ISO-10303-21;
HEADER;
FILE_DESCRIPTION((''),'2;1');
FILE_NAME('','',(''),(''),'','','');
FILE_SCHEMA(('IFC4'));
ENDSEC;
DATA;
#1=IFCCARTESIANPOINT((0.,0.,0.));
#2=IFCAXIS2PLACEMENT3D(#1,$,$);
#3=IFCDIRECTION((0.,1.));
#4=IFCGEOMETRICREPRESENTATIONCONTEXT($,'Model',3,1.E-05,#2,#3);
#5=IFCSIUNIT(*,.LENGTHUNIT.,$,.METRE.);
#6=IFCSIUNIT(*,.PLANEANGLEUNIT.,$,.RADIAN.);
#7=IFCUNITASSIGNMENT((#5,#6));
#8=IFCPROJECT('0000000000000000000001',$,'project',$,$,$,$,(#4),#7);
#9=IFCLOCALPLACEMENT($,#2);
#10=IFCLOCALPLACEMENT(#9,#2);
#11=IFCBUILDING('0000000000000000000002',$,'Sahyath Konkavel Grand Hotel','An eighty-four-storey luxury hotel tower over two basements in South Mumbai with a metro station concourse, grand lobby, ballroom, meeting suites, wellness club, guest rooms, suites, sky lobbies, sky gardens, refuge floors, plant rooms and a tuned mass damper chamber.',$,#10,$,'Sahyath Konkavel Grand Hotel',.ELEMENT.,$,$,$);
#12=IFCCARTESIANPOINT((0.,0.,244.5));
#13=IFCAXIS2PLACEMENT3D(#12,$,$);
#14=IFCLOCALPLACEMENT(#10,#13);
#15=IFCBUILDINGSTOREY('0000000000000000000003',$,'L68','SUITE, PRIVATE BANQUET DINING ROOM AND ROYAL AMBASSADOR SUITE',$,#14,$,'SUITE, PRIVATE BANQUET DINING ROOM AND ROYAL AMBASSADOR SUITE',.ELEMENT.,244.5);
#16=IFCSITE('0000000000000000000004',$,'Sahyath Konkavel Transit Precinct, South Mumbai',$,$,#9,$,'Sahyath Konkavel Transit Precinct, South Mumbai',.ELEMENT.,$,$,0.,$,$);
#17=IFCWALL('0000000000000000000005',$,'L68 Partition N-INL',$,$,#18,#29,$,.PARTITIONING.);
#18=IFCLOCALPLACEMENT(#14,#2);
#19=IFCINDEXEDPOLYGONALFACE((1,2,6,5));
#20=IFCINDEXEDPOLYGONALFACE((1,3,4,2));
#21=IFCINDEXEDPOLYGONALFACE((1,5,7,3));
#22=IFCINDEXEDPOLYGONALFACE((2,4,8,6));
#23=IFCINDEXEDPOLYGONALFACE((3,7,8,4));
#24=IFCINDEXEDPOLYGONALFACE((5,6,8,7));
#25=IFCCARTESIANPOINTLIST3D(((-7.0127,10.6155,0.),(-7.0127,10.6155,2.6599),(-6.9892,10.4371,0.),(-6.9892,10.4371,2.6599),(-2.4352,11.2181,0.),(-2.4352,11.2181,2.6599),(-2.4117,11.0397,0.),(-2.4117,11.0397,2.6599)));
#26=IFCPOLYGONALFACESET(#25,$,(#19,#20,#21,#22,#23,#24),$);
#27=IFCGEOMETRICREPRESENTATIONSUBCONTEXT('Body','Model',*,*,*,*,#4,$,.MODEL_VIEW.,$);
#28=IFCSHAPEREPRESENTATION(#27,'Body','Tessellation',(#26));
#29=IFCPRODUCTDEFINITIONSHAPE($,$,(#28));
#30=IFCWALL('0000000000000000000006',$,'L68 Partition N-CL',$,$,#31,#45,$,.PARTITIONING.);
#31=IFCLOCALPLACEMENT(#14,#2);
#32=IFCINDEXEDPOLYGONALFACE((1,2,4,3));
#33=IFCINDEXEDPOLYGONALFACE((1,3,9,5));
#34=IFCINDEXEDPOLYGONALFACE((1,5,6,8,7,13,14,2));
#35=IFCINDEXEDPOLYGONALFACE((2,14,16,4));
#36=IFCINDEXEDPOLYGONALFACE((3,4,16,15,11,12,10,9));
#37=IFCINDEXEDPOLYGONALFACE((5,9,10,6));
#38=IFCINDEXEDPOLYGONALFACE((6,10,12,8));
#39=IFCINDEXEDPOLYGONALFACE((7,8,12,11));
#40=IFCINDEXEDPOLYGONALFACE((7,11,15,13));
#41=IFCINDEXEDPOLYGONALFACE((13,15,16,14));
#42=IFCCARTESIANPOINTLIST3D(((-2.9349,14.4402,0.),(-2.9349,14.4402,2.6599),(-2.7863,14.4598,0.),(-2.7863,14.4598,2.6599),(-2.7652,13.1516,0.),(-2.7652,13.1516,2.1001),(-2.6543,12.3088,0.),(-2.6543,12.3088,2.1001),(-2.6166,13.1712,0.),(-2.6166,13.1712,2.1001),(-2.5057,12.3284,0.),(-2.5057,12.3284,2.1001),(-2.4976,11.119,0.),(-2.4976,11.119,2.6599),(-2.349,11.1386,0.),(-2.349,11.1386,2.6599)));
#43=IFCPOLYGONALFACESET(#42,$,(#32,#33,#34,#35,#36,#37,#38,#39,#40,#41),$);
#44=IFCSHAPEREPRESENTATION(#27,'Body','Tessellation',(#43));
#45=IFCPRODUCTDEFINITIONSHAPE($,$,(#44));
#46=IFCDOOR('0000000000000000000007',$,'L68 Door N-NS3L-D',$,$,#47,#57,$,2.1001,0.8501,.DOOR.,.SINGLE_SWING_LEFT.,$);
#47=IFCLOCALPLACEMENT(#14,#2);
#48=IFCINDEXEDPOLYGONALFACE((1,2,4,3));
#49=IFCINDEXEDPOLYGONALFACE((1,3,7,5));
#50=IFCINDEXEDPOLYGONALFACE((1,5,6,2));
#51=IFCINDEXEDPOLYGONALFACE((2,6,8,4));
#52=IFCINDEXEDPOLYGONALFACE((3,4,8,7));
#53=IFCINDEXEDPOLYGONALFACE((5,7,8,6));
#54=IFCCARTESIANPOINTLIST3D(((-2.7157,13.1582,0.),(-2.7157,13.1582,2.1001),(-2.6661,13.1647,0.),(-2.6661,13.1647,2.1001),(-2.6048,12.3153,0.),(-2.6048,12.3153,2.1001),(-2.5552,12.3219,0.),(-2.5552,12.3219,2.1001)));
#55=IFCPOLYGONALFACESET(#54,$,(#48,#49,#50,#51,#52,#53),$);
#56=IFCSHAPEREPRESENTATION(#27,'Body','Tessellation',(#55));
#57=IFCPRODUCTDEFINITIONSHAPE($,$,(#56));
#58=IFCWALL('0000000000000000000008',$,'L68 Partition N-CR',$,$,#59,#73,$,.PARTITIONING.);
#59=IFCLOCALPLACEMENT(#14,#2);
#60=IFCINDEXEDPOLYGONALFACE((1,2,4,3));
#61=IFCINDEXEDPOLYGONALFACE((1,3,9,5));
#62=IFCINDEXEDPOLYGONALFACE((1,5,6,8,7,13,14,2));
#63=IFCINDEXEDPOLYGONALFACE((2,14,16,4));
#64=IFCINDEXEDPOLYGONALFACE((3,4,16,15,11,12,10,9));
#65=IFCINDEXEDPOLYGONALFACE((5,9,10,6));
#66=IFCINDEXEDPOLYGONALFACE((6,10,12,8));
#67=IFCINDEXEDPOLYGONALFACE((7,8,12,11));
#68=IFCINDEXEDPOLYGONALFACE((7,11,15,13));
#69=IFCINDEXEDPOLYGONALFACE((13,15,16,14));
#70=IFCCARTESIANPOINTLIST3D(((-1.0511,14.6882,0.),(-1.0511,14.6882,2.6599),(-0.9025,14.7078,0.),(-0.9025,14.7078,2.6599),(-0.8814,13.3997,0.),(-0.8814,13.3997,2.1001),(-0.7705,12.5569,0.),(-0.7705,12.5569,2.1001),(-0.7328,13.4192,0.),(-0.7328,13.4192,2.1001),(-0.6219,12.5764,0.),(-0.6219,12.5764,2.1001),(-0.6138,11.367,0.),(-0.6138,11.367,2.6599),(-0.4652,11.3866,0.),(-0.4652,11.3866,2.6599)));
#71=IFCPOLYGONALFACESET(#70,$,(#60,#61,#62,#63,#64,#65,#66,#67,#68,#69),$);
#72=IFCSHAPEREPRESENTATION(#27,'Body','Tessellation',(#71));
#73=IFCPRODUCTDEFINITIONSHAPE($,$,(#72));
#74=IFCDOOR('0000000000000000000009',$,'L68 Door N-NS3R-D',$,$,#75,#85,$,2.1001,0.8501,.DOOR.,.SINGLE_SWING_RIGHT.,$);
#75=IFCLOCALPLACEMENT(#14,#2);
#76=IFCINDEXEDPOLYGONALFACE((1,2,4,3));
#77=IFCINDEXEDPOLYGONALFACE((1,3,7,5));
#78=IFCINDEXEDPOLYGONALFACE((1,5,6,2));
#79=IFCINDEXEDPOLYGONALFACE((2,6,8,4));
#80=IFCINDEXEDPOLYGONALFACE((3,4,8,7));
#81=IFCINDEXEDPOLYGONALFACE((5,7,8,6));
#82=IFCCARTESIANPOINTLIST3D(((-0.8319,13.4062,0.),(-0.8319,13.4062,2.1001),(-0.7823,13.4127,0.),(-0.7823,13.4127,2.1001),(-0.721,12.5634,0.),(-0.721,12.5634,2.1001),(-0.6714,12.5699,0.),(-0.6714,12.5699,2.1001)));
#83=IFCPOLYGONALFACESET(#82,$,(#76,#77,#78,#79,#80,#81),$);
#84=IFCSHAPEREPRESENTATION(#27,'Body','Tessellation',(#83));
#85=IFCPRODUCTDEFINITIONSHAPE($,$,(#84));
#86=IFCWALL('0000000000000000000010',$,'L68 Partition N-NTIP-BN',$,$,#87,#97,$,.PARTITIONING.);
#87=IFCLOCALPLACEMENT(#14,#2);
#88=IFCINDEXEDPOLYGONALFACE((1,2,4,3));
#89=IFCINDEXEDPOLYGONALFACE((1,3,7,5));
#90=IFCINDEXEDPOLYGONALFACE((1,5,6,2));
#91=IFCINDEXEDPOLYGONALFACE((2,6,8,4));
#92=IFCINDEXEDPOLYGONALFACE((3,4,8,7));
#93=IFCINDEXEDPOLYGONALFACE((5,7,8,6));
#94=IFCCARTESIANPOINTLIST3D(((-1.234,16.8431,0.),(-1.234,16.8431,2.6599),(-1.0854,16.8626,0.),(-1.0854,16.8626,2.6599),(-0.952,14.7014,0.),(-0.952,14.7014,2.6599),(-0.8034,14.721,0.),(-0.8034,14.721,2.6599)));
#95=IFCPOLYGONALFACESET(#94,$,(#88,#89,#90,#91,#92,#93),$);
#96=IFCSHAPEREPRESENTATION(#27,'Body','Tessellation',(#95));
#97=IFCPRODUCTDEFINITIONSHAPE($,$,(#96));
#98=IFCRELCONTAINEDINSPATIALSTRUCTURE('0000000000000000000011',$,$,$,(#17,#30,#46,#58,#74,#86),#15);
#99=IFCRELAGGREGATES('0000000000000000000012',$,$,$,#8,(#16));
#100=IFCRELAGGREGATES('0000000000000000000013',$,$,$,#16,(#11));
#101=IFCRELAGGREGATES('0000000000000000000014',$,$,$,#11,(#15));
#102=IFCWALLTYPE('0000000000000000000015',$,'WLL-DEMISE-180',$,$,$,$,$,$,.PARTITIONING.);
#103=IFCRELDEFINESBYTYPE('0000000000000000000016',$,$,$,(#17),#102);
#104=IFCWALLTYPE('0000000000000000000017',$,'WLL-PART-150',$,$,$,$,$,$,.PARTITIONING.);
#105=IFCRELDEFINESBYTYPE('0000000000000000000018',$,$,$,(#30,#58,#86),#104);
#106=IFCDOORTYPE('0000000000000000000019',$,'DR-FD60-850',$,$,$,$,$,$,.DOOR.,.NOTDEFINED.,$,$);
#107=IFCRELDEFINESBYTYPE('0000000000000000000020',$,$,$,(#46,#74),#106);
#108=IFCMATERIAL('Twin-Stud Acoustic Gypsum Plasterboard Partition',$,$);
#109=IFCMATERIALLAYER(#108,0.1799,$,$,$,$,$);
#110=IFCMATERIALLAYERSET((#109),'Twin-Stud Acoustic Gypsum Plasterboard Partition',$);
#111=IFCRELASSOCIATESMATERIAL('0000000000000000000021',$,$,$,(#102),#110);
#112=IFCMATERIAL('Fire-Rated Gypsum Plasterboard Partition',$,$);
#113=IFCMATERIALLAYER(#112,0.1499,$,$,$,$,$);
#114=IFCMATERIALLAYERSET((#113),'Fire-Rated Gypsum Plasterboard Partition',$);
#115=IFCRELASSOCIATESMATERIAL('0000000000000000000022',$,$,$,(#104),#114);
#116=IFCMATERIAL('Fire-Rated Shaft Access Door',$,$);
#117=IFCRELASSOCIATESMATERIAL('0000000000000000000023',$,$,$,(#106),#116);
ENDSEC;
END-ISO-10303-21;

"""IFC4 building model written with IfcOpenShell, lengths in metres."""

from ifc_helpers import new_model, si_unit, direction, frame, frame_2d, origin, origin_2d, place, context, subcontext, project, spatial, rectangle, extrude, source, transform, mapped, material, layer, layer_set, type_object, element, fill, save


model = new_model("IFC4")

# Units and contexts
model_context = context("Model", 3, precision=1e-05, world=origin(), true_north=direction((0.0, 1.0)))
body_context = subcontext(model_context, "Body", "Model", "MODEL_VIEW")
ifc_project = project(units=[si_unit("LENGTHUNIT", "METRE"), si_unit("PLANEANGLEUNIT", "RADIAN")], contexts=[model_context])

# Site, building, storey
site_placement = place(None, origin())
site = spatial("IfcSite", under=ifc_project, at=site_placement, Name="Sahyath Konkavel Transit Precinct, South Mumbai", LongName="Sahyath Konkavel Transit Precinct, South Mumbai", CompositionType="ELEMENT", RefElevation=0.0)
building_placement = place(site_placement, origin())
building = spatial("IfcBuilding", under=site, at=building_placement, Name="Sahyath Konkavel Grand Hotel", Description="An eighty-four-storey luxury hotel tower over two basements in South Mumbai with a metro station concourse, grand lobby, ballroom, meeting suites, wellness club, guest rooms, suites, sky lobbies, sky gardens, refuge floors, plant rooms and a tuned mass damper chamber.", LongName="Sahyath Konkavel Grand Hotel", CompositionType="ELEMENT")
storey_placement = place(building_placement, frame((0.0, 0.0, 244.5)))
storey = spatial("IfcBuildingStorey", under=building, at=storey_placement, Name="L68", Description="SUITE, PRIVATE BANQUET DINING ROOM AND ROYAL AMBASSADOR SUITE", LongName="SUITE, PRIVATE BANQUET DINING ROOM AND ROYAL AMBASSADOR SUITE", CompositionType="ELEMENT", Elevation=244.5)

# Wall
ifc_material_1 = material(Name="Twin-Stud Acoustic Gypsum Plasterboard Partition")
ifc_layer_1 = layer(ifc_material_1, 0.1799)
ifc_layer_set_1 = layer_set([ifc_layer_1], Name="Twin-Stud Acoustic Gypsum Plasterboard Partition")
wall_type_1 = type_object("IfcWallType", Name="WLL-DEMISE-180", PredefinedType="PARTITIONING", material=ifc_layer_set_1)
wall_1_placement = place(storey_placement, frame((-2.4233, 11.1289, 0.0), z_axis=(0.0, 0.0, 1.0), x_axis=(-0.991447, -0.130508, 0.0)))
element("IfcWall", 1, at=wall_1_placement, inside=storey, type_object=wall_type_1, Name="L68 Partition N-INL", PredefinedType="PARTITIONING", context=body_context, shape_type="SweptSolid", body=[
    extrude(rectangle(XDim=4.6169, YDim=0.1799, at=frame_2d((2.3086, 0.0))), origin(), (0.0, 0.0, 1.0), 2.6599),
])

# Walls, openings, doors
ifc_material_2 = material(Name="Fire-Rated Gypsum Plasterboard Partition")
ifc_layer_2 = layer(ifc_material_2, 0.1499)
ifc_layer_set_2 = layer_set([ifc_layer_2], Name="Fire-Rated Gypsum Plasterboard Partition")
wall_type_2 = type_object("IfcWallType", Name="WLL-PART-150", PredefinedType="PARTITIONING", material=ifc_layer_set_2)
wall_2_placement = place(storey_placement, frame((-2.4233, 11.1289, 0.0), z_axis=(0.0, 0.0, 1.0), x_axis=(-0.130526, 0.991445, 0.0)))
wall_2 = element("IfcWall", 2, at=wall_2_placement, inside=storey, type_object=wall_type_2, Name="L68 Partition N-CL", PredefinedType="PARTITIONING", context=body_context, shape_type="SweptSolid", body=[
    extrude(rectangle(XDim=3.3499, YDim=0.1499, at=frame_2d((1.6748, 0.0))), origin(), (0.0, 0.0, 1.0), 2.6599),
])
opening_1_placement = place(wall_2_placement, frame((1.2, 0.0, 0.0)))
opening_1 = element("IfcOpeningElement", 3, at=opening_1_placement, cuts=wall_2, PredefinedType="OPENING", context=body_context, shape_type="SweptSolid", body=[
    extrude(rectangle(XDim=0.8501, YDim=2.1001, at=frame_2d((0.425, 1.05))), frame((0.0, 0.085, 0.0), z_axis=(0.0, -1.0, 0.0), x_axis=(1.0, 0.0, 0.0)), (0.0, 0.0, 1.0), 0.1699),
])
ifc_material_3 = material(Name="Fire-Rated Shaft Access Door")
door_type = type_object("IfcDoorType", Name="DR-FD60-850", OperationType="NOTDEFINED", PredefinedType="DOOR", material=ifc_material_3)
shared_shape_1 = source(origin(), body_context, "Body", "SweptSolid", [
    extrude(rectangle(XDim=0.8501, YDim=0.05, at=origin_2d()), origin(), (0.0, 0.0, 1.0), 2.1001),
])
door_1_placement = place(opening_1_placement, frame((0.425, 0.0, 0.0)))
door_1 = element("IfcDoor", 4, at=door_1_placement, inside=storey, type_object=door_type, Name="L68 Door N-NS3L-D", OperationType="SINGLE_SWING_LEFT", OverallHeight=2.1001, OverallWidth=0.8501, PredefinedType="DOOR", context=body_context, shape_type="MappedRepresentation", body=[
    mapped(shared_shape_1, transform((0.0, 0.0, 0.0), scale=1.0)),
])
fill(opening_1, door_1)
wall_3_placement = place(storey_placement, frame((-0.5396, 11.377, 0.0), z_axis=(0.0, 0.0, 1.0), x_axis=(-0.130526, 0.991445, 0.0)))
wall_3 = element("IfcWall", 5, at=wall_3_placement, inside=storey, type_object=wall_type_2, Name="L68 Partition N-CR", PredefinedType="PARTITIONING", context=body_context, shape_type="SweptSolid", body=[
    extrude(rectangle(XDim=3.3499, YDim=0.1499, at=frame_2d((1.6748, 0.0))), origin(), (0.0, 0.0, 1.0), 2.6599),
])
opening_2_placement = place(wall_3_placement, frame((1.2, 0.0, 0.0)))
opening_2 = element("IfcOpeningElement", 6, at=opening_2_placement, cuts=wall_3, PredefinedType="OPENING", context=body_context, shape_type="SweptSolid", body=[
    extrude(rectangle(XDim=0.8501, YDim=2.1001, at=frame_2d((0.425, 1.05))), frame((0.0, 0.085, 0.0), z_axis=(0.0, -1.0, 0.0), x_axis=(1.0, 0.0, 0.0)), (0.0, 0.0, 1.0), 0.1699),
])
door_2_placement = place(opening_2_placement, frame((0.425, 0.0, 0.0)))
door_2 = element("IfcDoor", 7, at=door_2_placement, inside=storey, type_object=door_type, Name="L68 Door N-NS3R-D", OperationType="SINGLE_SWING_RIGHT", OverallHeight=2.1001, OverallWidth=0.8501, PredefinedType="DOOR", context=body_context, shape_type="MappedRepresentation", body=[
    mapped(shared_shape_1, transform((0.0, 0.0, 0.0), scale=1.0)),
])
fill(opening_2, door_2)

# Wall
wall_4_placement = place(storey_placement, frame((-0.8777, 14.7112, 0.0), z_axis=(0.0, 0.0, 1.0), x_axis=(-0.130542, 0.991443, 0.0)))
element("IfcWall", 8, at=wall_4_placement, inside=storey, type_object=wall_type_2, Name="L68 Partition N-NTIP-BN", PredefinedType="PARTITIONING", context=body_context, shape_type="SweptSolid", body=[
    extrude(rectangle(XDim=2.1602, YDim=0.1499, at=frame_2d((1.0801, 0.0))), origin(), (0.0, 0.0, 1.0), 2.6599),
])

save(model, "model.ifc")
